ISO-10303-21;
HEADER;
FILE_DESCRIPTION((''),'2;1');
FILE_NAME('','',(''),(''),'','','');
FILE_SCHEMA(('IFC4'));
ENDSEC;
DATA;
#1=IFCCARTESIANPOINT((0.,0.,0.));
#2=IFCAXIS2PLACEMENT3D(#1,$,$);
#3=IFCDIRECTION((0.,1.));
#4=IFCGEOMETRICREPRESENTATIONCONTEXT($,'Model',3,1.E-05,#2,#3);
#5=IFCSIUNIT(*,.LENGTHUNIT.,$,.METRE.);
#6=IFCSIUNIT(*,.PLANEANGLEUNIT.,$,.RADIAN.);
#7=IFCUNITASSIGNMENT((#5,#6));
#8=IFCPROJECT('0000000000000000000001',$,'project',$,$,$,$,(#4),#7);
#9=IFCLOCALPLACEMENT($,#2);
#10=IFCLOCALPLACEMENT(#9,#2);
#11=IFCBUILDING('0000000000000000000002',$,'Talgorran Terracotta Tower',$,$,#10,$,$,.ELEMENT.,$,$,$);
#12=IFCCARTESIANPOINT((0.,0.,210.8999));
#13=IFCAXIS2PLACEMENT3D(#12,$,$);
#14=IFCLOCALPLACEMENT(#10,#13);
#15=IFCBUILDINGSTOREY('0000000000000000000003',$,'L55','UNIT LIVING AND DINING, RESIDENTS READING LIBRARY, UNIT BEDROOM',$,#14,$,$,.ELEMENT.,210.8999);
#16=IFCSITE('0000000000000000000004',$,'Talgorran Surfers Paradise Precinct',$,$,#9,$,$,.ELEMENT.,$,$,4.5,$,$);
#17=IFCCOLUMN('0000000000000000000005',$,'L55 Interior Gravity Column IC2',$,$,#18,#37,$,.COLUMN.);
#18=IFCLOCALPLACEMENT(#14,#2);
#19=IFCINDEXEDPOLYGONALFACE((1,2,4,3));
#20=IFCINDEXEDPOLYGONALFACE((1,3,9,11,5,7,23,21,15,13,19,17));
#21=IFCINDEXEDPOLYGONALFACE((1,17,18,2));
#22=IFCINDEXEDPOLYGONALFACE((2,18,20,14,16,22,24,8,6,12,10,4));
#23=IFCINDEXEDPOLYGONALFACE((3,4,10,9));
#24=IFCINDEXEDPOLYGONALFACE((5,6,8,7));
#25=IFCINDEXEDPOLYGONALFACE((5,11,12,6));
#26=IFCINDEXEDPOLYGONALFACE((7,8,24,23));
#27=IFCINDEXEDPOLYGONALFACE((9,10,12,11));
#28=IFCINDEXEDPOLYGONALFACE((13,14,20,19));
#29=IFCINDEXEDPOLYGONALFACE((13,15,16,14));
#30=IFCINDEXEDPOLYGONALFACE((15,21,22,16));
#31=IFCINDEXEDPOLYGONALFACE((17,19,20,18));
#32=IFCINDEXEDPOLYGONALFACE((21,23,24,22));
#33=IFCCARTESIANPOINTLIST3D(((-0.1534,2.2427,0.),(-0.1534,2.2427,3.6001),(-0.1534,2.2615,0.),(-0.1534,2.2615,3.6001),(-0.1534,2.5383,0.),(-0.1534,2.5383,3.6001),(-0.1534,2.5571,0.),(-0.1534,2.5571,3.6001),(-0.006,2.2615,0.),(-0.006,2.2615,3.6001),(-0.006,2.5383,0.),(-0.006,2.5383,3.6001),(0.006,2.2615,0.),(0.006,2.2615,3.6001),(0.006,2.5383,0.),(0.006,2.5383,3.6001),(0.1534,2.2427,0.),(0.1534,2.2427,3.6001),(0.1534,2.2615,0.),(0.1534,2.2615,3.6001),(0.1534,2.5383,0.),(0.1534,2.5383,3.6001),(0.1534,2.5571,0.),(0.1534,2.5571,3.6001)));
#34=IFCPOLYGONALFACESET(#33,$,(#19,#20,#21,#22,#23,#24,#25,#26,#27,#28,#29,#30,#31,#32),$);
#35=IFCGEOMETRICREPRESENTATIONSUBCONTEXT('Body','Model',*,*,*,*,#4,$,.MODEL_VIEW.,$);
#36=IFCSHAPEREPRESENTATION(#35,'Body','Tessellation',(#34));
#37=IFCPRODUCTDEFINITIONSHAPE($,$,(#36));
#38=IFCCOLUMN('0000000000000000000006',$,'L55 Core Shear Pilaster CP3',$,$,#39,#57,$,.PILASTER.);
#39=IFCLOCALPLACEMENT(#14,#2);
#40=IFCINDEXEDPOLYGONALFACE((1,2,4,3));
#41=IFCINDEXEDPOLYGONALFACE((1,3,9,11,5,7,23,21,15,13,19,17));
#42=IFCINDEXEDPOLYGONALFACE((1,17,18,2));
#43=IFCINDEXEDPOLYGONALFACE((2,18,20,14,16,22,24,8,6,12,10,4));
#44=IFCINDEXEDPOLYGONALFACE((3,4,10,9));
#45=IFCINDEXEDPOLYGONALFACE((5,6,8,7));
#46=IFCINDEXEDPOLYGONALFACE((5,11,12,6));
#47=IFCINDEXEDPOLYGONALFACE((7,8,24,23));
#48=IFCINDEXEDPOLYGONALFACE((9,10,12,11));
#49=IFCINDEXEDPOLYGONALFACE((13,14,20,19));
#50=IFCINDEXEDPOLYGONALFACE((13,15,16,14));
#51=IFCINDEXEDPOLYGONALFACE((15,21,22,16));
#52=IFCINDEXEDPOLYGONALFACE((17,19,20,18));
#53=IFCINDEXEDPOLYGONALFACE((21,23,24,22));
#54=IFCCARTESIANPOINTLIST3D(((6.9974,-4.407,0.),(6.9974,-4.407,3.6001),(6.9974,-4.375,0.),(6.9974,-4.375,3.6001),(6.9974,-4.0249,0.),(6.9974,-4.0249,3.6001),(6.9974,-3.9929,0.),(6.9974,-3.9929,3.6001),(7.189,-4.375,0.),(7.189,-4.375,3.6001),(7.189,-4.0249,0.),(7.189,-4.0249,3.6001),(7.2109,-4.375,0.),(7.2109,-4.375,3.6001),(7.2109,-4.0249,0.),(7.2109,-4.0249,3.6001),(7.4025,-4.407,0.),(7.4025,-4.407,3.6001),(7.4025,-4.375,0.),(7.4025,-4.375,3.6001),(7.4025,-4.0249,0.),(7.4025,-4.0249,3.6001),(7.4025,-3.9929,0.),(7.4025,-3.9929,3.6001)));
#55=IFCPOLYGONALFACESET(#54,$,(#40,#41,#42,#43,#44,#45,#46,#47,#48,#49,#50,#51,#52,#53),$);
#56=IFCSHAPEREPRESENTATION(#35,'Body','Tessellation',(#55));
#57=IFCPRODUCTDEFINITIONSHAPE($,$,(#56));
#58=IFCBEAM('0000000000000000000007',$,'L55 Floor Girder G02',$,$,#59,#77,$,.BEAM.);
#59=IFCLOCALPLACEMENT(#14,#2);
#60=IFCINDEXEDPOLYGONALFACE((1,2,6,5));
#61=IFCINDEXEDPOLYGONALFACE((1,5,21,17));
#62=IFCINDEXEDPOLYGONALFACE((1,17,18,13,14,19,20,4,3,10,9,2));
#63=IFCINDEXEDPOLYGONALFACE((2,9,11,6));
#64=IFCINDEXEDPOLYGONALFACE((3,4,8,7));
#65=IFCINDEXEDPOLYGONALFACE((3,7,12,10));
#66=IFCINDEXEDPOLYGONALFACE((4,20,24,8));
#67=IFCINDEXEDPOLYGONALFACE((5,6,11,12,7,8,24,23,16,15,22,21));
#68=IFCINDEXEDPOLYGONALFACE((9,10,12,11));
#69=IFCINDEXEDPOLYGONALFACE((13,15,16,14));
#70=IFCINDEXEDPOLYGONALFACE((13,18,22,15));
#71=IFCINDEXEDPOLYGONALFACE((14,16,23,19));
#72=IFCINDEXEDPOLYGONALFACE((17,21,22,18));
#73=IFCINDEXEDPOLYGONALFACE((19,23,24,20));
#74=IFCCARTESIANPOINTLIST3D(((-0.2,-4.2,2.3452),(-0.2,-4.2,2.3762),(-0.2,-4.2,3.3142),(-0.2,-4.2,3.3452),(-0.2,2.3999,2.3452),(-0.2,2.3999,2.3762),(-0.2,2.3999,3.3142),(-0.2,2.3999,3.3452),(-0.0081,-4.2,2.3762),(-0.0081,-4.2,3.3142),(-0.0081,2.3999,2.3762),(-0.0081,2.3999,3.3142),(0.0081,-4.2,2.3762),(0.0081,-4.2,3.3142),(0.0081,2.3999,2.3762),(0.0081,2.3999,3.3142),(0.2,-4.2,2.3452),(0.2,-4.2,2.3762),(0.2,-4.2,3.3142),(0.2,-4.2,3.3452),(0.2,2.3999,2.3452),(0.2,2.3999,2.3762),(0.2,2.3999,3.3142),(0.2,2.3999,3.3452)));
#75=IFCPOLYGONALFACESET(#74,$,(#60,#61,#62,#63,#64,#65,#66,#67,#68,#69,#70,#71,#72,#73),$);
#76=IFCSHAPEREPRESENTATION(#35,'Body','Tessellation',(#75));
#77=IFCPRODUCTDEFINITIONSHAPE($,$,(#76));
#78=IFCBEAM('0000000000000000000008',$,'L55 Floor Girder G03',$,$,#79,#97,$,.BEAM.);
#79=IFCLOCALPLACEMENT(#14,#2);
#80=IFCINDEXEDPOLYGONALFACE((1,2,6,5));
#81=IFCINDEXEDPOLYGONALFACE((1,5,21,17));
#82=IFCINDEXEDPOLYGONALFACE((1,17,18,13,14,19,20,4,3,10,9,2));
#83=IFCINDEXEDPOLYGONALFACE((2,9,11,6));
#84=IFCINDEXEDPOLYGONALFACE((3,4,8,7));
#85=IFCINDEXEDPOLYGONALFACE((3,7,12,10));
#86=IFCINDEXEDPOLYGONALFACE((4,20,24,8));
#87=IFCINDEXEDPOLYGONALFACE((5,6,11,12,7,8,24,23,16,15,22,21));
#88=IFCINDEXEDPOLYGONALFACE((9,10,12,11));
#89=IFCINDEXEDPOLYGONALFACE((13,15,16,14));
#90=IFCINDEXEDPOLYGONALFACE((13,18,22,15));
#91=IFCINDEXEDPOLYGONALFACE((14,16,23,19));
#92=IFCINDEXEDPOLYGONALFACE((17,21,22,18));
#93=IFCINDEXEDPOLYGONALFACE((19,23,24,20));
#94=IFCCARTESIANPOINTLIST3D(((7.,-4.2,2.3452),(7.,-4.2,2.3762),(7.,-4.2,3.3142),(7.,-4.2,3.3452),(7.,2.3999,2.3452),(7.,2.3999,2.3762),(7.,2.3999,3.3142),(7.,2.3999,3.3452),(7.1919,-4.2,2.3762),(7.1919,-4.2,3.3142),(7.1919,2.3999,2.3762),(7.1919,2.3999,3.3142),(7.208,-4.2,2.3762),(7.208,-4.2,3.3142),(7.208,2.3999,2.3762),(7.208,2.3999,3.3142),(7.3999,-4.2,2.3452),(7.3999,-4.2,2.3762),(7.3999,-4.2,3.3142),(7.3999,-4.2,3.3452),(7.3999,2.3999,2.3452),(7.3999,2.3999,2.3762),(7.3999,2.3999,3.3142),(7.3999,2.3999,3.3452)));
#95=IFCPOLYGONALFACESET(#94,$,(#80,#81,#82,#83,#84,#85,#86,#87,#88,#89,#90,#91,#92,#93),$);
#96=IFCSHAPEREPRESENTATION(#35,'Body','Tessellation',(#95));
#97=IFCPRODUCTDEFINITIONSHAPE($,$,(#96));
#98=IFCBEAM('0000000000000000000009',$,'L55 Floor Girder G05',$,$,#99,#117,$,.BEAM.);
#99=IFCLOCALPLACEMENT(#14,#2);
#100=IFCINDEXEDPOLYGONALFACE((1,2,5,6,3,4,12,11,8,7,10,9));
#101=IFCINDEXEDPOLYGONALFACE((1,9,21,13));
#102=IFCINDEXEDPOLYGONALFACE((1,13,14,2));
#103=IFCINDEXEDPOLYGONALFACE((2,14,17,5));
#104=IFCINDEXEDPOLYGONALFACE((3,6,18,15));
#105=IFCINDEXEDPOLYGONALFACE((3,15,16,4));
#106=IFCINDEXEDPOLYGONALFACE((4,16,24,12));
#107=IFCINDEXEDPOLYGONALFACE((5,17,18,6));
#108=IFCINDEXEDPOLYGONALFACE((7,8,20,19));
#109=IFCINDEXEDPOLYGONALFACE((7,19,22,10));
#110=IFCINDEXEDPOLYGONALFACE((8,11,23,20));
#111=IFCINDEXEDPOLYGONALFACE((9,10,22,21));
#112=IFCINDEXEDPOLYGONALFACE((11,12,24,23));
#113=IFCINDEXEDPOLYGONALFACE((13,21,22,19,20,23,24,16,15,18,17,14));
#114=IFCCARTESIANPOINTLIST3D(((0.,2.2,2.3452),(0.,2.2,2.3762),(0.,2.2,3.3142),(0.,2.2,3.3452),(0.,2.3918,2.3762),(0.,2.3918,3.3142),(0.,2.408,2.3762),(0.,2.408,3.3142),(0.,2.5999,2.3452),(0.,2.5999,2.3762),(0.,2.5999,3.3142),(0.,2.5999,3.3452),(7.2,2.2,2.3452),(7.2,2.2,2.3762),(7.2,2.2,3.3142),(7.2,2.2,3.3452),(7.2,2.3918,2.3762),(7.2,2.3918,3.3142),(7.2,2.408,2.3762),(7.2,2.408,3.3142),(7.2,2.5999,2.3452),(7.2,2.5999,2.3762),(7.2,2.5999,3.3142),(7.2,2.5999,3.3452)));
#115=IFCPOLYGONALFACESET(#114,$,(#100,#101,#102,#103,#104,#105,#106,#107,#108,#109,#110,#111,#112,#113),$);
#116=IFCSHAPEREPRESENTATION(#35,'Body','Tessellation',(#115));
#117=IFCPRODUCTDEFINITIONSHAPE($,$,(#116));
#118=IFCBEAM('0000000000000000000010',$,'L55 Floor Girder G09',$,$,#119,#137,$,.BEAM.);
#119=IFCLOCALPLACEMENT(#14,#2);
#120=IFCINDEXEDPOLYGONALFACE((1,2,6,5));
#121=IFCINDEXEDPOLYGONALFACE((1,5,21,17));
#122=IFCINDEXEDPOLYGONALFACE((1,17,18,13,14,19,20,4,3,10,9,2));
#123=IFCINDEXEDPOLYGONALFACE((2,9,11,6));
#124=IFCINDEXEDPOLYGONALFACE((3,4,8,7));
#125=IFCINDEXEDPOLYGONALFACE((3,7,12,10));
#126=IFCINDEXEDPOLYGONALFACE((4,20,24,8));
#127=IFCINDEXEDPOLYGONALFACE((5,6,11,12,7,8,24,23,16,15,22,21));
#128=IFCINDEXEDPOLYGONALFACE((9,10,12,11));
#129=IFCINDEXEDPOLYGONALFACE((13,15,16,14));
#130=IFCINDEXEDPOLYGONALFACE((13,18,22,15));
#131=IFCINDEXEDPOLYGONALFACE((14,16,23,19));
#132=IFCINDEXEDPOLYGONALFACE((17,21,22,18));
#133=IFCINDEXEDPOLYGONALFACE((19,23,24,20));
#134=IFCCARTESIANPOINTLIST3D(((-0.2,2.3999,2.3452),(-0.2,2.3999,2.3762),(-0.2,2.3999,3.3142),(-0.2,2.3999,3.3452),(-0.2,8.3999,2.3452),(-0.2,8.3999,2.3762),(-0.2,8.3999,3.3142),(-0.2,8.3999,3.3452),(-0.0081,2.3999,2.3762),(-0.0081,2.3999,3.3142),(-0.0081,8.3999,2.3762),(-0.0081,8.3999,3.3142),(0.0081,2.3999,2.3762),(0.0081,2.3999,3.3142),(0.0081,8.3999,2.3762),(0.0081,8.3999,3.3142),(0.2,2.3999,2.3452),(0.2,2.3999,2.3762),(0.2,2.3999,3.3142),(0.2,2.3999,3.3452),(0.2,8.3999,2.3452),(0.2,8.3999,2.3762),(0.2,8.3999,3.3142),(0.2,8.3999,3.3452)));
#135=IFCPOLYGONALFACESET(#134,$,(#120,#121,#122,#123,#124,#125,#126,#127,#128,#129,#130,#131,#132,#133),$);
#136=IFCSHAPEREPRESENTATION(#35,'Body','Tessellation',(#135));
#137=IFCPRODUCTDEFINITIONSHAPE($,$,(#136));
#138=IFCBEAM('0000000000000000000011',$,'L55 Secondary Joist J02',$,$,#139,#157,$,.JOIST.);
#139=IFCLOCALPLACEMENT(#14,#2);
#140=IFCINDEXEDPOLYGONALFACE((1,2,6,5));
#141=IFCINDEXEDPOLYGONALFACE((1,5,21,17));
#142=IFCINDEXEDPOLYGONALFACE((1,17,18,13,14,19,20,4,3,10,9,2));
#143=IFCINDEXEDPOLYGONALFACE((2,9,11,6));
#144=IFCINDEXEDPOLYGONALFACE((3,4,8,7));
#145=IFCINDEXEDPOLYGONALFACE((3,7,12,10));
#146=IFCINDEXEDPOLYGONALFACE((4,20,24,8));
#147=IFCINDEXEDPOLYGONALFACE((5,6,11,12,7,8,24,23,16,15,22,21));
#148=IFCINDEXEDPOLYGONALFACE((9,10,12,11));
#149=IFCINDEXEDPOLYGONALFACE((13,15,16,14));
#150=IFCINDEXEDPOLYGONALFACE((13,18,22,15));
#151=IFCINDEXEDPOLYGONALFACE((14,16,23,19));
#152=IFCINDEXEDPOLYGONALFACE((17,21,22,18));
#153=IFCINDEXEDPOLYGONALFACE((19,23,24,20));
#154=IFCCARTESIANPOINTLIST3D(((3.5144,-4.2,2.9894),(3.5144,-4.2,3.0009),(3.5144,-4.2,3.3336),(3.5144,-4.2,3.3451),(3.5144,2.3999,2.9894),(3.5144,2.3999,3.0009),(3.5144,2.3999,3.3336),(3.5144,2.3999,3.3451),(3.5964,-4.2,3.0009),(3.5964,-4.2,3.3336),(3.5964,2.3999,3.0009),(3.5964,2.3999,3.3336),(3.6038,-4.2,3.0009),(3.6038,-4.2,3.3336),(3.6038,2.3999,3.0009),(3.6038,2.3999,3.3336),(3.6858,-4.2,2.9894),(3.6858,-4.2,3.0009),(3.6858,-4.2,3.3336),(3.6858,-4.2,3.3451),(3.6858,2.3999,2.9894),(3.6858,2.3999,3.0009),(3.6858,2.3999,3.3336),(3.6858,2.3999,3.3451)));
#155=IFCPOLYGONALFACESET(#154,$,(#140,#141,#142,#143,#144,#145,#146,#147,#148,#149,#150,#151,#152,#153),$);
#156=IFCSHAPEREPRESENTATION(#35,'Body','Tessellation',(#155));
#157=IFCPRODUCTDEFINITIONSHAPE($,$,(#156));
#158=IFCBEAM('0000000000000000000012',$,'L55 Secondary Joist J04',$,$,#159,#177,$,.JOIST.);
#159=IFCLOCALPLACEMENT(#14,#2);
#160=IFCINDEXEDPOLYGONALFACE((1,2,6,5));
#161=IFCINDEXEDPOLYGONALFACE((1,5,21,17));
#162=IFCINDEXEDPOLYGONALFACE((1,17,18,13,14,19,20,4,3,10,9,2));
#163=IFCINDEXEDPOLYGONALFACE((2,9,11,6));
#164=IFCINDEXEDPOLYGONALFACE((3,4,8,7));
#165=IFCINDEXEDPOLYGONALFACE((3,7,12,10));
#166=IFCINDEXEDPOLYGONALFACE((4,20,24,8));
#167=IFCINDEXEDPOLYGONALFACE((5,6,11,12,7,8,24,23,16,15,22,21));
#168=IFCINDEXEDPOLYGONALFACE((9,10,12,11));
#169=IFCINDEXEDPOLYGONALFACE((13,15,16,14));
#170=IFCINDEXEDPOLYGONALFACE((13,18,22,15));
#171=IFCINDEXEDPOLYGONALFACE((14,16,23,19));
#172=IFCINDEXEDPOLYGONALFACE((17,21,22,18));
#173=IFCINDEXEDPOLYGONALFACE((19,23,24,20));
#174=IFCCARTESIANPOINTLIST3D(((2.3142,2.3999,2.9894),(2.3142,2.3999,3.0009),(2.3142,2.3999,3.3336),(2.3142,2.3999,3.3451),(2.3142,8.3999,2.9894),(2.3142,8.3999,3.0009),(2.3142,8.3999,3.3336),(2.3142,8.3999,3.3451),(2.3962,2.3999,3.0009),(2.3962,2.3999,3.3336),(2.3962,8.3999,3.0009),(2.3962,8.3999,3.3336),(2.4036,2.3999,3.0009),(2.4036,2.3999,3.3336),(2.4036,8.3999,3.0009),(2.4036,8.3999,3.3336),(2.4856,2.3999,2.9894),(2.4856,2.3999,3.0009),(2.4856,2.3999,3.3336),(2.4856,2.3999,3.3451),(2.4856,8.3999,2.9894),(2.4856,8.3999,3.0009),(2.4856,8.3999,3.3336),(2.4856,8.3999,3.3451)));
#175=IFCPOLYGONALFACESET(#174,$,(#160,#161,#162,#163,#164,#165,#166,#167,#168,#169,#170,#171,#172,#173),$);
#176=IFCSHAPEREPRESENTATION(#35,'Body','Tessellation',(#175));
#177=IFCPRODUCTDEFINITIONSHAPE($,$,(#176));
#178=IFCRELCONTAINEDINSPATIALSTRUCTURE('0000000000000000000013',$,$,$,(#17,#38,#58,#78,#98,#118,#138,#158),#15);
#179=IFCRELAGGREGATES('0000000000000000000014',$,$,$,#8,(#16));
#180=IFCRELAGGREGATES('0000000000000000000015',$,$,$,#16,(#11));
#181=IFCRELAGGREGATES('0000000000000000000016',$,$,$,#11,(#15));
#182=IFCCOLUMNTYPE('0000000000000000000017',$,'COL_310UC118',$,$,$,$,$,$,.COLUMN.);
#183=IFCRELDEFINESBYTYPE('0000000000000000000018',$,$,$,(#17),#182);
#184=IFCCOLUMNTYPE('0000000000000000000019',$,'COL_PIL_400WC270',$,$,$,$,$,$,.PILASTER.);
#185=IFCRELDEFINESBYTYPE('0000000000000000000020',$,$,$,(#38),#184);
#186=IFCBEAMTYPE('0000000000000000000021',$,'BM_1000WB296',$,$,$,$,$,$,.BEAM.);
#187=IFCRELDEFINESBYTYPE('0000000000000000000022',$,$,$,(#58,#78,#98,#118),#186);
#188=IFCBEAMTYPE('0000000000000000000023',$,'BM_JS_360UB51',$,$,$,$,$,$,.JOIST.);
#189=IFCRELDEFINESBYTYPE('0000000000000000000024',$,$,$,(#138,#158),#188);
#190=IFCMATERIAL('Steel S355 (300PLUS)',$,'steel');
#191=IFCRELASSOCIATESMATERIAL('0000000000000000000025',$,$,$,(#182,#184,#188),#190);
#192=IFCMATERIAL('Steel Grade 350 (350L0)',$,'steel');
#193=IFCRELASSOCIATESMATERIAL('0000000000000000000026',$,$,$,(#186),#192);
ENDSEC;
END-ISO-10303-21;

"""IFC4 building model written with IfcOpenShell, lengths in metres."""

from ifc_helpers import new_model, si_unit, direction, frame, origin, origin_2d, place, context, subcontext, project, spatial, i_section, extrude, material, material_profile, profile_set, type_object, element, save


model = new_model("IFC4")

# Units and contexts
model_context = context("Model", 3, precision=1e-05, world=origin(), true_north=direction((0.0, 1.0)))
body_context = subcontext(model_context, "Body", "Model", "MODEL_VIEW")
ifc_project = project(units=[si_unit("LENGTHUNIT", "METRE"), si_unit("PLANEANGLEUNIT", "RADIAN")], contexts=[model_context])

# Site, building, storey
site_placement = place(None, origin())
site = spatial("IfcSite", under=ifc_project, at=site_placement, Name="Talgorran Surfers Paradise Precinct", CompositionType="ELEMENT", RefElevation=4.5)
building_placement = place(site_placement, origin())
building = spatial("IfcBuilding", under=site, at=building_placement, Name="Talgorran Terracotta Tower", CompositionType="ELEMENT")
storey_placement = place(building_placement, frame((0.0, 0.0, 210.8999)))
storey = spatial("IfcBuildingStorey", under=building, at=storey_placement, Name="L55", Description="UNIT LIVING AND DINING, RESIDENTS READING LIBRARY, UNIT BEDROOM", CompositionType="ELEMENT", Elevation=210.8999)

# Columns
ifc_material_1 = material(Name="Steel S355 (300PLUS)", Category="steel")
ifc_material_profile_1 = material_profile(ifc_material_1, i_section(OverallWidth=0.3069, OverallDepth=0.3145, WebThickness=0.012, FlangeThickness=0.0188, at=origin_2d()), Name="310UC118")
ifc_profile_set_1 = profile_set([ifc_material_profile_1], Name="Steel S355 (300PLUS)")
column_type_1 = type_object("IfcColumnType", Name="COL_310UC118", PredefinedType="COLUMN", material=ifc_profile_set_1)
column_1_placement = place(storey_placement, frame((0.0, 2.3999, 0.0), z_axis=(0.0, 0.0, 1.0), x_axis=(1.0, 0.0, 0.0)))
element("IfcColumn", 1, at=column_1_placement, inside=storey, type_object=column_type_1, Name="L55 Interior Gravity Column IC2", PredefinedType="COLUMN", context=body_context, shape_type="SweptSolid", body=[
    extrude(i_section(OverallWidth=0.3069, OverallDepth=0.3145, WebThickness=0.012, FlangeThickness=0.0188, at=origin_2d()), origin(), (0.0, 0.0, 1.0), 3.6001),
])
ifc_material_profile_2 = material_profile(ifc_material_1, i_section(OverallWidth=0.405, OverallDepth=0.4141, WebThickness=0.022, FlangeThickness=0.032, at=origin_2d()), Name="400WC270")
ifc_profile_set_2 = profile_set([ifc_material_profile_2], Name="Steel S355 (300PLUS)")
column_type_2 = type_object("IfcColumnType", Name="COL_PIL_400WC270", PredefinedType="PILASTER", material=ifc_profile_set_2)
column_2_placement = place(storey_placement, frame((7.2, -4.2, 0.0), z_axis=(0.0, 0.0, 1.0), x_axis=(1.0, 0.0, 0.0)))
element("IfcColumn", 2, at=column_2_placement, inside=storey, type_object=column_type_2, Name="L55 Core Shear Pilaster CP3", PredefinedType="PILASTER", context=body_context, shape_type="SweptSolid", body=[
    extrude(i_section(OverallWidth=0.405, OverallDepth=0.4141, WebThickness=0.022, FlangeThickness=0.032, at=origin_2d()), origin(), (0.0, 0.0, 1.0), 3.6001),
])

# Beams
ifc_material_2 = material(Name="Steel Grade 350 (350L0)", Category="steel")
ifc_material_profile_3 = material_profile(ifc_material_2, i_section(OverallWidth=0.3999, OverallDepth=1.0, WebThickness=0.0161, FlangeThickness=0.031, at=origin_2d()), Name="1000WB296")
ifc_profile_set_3 = profile_set([ifc_material_profile_3], Name="Steel Grade 350 (350L0)")
beam_type_1 = type_object("IfcBeamType", Name="BM_1000WB296", PredefinedType="BEAM", material=ifc_profile_set_3)
for number, where, z_axis, x_axis, name in (
    (3, (0.0, -4.2, 2.8452), (0.0, 1.0, 0.0), (-1.0, 0.0, 0.0), "L55 Floor Girder G02"),
    (4, (7.2, -4.2, 2.8452), (0.0, 1.0, 0.0), (-1.0, 0.0, 0.0), "L55 Floor Girder G03"),
):
    element("IfcBeam", number, at=place(storey_placement, frame(where, z_axis=z_axis, x_axis=x_axis)), inside=storey, type_object=beam_type_1, Name=name, PredefinedType="BEAM", context=body_context, shape_type="SweptSolid", body=[
        extrude(i_section(OverallWidth=0.3999, OverallDepth=1.0, WebThickness=0.0161, FlangeThickness=0.031, at=origin_2d()), origin(), (0.0, 0.0, 1.0), 6.5999),
    ])
beam_1_placement = place(storey_placement, frame((0.0, 2.3999, 2.8452), z_axis=(1.0, 0.0, 0.0), x_axis=(0.0, 1.0, 0.0)))
element("IfcBeam", 5, at=beam_1_placement, inside=storey, type_object=beam_type_1, Name="L55 Floor Girder G05", PredefinedType="BEAM", context=body_context, shape_type="SweptSolid", body=[
    extrude(i_section(OverallWidth=0.3999, OverallDepth=1.0, WebThickness=0.0161, FlangeThickness=0.031, at=origin_2d()), origin(), (0.0, 0.0, 1.0), 7.2),
])
beam_2_placement = place(storey_placement, frame((0.0, 2.3999, 2.8452), z_axis=(0.0, 1.0, 0.0), x_axis=(-1.0, 0.0, 0.0)))
element("IfcBeam", 6, at=beam_2_placement, inside=storey, type_object=beam_type_1, Name="L55 Floor Girder G09", PredefinedType="BEAM", context=body_context, shape_type="SweptSolid", body=[
    extrude(i_section(OverallWidth=0.3999, OverallDepth=1.0, WebThickness=0.0161, FlangeThickness=0.031, at=origin_2d()), origin(), (0.0, 0.0, 1.0), 6.0),
])
ifc_material_profile_4 = material_profile(ifc_material_1, i_section(OverallWidth=0.1714, OverallDepth=0.3557, WebThickness=0.0073, FlangeThickness=0.0115, at=origin_2d()), Name="360UB50.7")
ifc_profile_set_4 = profile_set([ifc_material_profile_4], Name="Steel S355 (300PLUS)")
beam_type_2 = type_object("IfcBeamType", Name="BM_JS_360UB51", PredefinedType="JOIST", material=ifc_profile_set_4)
beam_3_placement = place(storey_placement, frame((3.6001, -4.2, 3.1672), z_axis=(0.0, 1.0, 0.0), x_axis=(-1.0, 0.0, 0.0)))
element("IfcBeam", 7, at=beam_3_placement, inside=storey, type_object=beam_type_2, Name="L55 Secondary Joist J02", PredefinedType="JOIST", context=body_context, shape_type="SweptSolid", body=[
    extrude(i_section(OverallWidth=0.1714, OverallDepth=0.3557, WebThickness=0.0073, FlangeThickness=0.0115, at=origin_2d()), origin(), (0.0, 0.0, 1.0), 6.5999),
])
beam_4_placement = place(storey_placement, frame((2.3999, 2.3999, 3.1672), z_axis=(0.0, 1.0, 0.0), x_axis=(-1.0, 0.0, 0.0)))
element("IfcBeam", 8, at=beam_4_placement, inside=storey, type_object=beam_type_2, Name="L55 Secondary Joist J04", PredefinedType="JOIST", context=body_context, shape_type="SweptSolid", body=[
    extrude(i_section(OverallWidth=0.1714, OverallDepth=0.3557, WebThickness=0.0073, FlangeThickness=0.0115, at=origin_2d()), origin(), (0.0, 0.0, 1.0), 6.0),
])

save(model, "model.ifc")
